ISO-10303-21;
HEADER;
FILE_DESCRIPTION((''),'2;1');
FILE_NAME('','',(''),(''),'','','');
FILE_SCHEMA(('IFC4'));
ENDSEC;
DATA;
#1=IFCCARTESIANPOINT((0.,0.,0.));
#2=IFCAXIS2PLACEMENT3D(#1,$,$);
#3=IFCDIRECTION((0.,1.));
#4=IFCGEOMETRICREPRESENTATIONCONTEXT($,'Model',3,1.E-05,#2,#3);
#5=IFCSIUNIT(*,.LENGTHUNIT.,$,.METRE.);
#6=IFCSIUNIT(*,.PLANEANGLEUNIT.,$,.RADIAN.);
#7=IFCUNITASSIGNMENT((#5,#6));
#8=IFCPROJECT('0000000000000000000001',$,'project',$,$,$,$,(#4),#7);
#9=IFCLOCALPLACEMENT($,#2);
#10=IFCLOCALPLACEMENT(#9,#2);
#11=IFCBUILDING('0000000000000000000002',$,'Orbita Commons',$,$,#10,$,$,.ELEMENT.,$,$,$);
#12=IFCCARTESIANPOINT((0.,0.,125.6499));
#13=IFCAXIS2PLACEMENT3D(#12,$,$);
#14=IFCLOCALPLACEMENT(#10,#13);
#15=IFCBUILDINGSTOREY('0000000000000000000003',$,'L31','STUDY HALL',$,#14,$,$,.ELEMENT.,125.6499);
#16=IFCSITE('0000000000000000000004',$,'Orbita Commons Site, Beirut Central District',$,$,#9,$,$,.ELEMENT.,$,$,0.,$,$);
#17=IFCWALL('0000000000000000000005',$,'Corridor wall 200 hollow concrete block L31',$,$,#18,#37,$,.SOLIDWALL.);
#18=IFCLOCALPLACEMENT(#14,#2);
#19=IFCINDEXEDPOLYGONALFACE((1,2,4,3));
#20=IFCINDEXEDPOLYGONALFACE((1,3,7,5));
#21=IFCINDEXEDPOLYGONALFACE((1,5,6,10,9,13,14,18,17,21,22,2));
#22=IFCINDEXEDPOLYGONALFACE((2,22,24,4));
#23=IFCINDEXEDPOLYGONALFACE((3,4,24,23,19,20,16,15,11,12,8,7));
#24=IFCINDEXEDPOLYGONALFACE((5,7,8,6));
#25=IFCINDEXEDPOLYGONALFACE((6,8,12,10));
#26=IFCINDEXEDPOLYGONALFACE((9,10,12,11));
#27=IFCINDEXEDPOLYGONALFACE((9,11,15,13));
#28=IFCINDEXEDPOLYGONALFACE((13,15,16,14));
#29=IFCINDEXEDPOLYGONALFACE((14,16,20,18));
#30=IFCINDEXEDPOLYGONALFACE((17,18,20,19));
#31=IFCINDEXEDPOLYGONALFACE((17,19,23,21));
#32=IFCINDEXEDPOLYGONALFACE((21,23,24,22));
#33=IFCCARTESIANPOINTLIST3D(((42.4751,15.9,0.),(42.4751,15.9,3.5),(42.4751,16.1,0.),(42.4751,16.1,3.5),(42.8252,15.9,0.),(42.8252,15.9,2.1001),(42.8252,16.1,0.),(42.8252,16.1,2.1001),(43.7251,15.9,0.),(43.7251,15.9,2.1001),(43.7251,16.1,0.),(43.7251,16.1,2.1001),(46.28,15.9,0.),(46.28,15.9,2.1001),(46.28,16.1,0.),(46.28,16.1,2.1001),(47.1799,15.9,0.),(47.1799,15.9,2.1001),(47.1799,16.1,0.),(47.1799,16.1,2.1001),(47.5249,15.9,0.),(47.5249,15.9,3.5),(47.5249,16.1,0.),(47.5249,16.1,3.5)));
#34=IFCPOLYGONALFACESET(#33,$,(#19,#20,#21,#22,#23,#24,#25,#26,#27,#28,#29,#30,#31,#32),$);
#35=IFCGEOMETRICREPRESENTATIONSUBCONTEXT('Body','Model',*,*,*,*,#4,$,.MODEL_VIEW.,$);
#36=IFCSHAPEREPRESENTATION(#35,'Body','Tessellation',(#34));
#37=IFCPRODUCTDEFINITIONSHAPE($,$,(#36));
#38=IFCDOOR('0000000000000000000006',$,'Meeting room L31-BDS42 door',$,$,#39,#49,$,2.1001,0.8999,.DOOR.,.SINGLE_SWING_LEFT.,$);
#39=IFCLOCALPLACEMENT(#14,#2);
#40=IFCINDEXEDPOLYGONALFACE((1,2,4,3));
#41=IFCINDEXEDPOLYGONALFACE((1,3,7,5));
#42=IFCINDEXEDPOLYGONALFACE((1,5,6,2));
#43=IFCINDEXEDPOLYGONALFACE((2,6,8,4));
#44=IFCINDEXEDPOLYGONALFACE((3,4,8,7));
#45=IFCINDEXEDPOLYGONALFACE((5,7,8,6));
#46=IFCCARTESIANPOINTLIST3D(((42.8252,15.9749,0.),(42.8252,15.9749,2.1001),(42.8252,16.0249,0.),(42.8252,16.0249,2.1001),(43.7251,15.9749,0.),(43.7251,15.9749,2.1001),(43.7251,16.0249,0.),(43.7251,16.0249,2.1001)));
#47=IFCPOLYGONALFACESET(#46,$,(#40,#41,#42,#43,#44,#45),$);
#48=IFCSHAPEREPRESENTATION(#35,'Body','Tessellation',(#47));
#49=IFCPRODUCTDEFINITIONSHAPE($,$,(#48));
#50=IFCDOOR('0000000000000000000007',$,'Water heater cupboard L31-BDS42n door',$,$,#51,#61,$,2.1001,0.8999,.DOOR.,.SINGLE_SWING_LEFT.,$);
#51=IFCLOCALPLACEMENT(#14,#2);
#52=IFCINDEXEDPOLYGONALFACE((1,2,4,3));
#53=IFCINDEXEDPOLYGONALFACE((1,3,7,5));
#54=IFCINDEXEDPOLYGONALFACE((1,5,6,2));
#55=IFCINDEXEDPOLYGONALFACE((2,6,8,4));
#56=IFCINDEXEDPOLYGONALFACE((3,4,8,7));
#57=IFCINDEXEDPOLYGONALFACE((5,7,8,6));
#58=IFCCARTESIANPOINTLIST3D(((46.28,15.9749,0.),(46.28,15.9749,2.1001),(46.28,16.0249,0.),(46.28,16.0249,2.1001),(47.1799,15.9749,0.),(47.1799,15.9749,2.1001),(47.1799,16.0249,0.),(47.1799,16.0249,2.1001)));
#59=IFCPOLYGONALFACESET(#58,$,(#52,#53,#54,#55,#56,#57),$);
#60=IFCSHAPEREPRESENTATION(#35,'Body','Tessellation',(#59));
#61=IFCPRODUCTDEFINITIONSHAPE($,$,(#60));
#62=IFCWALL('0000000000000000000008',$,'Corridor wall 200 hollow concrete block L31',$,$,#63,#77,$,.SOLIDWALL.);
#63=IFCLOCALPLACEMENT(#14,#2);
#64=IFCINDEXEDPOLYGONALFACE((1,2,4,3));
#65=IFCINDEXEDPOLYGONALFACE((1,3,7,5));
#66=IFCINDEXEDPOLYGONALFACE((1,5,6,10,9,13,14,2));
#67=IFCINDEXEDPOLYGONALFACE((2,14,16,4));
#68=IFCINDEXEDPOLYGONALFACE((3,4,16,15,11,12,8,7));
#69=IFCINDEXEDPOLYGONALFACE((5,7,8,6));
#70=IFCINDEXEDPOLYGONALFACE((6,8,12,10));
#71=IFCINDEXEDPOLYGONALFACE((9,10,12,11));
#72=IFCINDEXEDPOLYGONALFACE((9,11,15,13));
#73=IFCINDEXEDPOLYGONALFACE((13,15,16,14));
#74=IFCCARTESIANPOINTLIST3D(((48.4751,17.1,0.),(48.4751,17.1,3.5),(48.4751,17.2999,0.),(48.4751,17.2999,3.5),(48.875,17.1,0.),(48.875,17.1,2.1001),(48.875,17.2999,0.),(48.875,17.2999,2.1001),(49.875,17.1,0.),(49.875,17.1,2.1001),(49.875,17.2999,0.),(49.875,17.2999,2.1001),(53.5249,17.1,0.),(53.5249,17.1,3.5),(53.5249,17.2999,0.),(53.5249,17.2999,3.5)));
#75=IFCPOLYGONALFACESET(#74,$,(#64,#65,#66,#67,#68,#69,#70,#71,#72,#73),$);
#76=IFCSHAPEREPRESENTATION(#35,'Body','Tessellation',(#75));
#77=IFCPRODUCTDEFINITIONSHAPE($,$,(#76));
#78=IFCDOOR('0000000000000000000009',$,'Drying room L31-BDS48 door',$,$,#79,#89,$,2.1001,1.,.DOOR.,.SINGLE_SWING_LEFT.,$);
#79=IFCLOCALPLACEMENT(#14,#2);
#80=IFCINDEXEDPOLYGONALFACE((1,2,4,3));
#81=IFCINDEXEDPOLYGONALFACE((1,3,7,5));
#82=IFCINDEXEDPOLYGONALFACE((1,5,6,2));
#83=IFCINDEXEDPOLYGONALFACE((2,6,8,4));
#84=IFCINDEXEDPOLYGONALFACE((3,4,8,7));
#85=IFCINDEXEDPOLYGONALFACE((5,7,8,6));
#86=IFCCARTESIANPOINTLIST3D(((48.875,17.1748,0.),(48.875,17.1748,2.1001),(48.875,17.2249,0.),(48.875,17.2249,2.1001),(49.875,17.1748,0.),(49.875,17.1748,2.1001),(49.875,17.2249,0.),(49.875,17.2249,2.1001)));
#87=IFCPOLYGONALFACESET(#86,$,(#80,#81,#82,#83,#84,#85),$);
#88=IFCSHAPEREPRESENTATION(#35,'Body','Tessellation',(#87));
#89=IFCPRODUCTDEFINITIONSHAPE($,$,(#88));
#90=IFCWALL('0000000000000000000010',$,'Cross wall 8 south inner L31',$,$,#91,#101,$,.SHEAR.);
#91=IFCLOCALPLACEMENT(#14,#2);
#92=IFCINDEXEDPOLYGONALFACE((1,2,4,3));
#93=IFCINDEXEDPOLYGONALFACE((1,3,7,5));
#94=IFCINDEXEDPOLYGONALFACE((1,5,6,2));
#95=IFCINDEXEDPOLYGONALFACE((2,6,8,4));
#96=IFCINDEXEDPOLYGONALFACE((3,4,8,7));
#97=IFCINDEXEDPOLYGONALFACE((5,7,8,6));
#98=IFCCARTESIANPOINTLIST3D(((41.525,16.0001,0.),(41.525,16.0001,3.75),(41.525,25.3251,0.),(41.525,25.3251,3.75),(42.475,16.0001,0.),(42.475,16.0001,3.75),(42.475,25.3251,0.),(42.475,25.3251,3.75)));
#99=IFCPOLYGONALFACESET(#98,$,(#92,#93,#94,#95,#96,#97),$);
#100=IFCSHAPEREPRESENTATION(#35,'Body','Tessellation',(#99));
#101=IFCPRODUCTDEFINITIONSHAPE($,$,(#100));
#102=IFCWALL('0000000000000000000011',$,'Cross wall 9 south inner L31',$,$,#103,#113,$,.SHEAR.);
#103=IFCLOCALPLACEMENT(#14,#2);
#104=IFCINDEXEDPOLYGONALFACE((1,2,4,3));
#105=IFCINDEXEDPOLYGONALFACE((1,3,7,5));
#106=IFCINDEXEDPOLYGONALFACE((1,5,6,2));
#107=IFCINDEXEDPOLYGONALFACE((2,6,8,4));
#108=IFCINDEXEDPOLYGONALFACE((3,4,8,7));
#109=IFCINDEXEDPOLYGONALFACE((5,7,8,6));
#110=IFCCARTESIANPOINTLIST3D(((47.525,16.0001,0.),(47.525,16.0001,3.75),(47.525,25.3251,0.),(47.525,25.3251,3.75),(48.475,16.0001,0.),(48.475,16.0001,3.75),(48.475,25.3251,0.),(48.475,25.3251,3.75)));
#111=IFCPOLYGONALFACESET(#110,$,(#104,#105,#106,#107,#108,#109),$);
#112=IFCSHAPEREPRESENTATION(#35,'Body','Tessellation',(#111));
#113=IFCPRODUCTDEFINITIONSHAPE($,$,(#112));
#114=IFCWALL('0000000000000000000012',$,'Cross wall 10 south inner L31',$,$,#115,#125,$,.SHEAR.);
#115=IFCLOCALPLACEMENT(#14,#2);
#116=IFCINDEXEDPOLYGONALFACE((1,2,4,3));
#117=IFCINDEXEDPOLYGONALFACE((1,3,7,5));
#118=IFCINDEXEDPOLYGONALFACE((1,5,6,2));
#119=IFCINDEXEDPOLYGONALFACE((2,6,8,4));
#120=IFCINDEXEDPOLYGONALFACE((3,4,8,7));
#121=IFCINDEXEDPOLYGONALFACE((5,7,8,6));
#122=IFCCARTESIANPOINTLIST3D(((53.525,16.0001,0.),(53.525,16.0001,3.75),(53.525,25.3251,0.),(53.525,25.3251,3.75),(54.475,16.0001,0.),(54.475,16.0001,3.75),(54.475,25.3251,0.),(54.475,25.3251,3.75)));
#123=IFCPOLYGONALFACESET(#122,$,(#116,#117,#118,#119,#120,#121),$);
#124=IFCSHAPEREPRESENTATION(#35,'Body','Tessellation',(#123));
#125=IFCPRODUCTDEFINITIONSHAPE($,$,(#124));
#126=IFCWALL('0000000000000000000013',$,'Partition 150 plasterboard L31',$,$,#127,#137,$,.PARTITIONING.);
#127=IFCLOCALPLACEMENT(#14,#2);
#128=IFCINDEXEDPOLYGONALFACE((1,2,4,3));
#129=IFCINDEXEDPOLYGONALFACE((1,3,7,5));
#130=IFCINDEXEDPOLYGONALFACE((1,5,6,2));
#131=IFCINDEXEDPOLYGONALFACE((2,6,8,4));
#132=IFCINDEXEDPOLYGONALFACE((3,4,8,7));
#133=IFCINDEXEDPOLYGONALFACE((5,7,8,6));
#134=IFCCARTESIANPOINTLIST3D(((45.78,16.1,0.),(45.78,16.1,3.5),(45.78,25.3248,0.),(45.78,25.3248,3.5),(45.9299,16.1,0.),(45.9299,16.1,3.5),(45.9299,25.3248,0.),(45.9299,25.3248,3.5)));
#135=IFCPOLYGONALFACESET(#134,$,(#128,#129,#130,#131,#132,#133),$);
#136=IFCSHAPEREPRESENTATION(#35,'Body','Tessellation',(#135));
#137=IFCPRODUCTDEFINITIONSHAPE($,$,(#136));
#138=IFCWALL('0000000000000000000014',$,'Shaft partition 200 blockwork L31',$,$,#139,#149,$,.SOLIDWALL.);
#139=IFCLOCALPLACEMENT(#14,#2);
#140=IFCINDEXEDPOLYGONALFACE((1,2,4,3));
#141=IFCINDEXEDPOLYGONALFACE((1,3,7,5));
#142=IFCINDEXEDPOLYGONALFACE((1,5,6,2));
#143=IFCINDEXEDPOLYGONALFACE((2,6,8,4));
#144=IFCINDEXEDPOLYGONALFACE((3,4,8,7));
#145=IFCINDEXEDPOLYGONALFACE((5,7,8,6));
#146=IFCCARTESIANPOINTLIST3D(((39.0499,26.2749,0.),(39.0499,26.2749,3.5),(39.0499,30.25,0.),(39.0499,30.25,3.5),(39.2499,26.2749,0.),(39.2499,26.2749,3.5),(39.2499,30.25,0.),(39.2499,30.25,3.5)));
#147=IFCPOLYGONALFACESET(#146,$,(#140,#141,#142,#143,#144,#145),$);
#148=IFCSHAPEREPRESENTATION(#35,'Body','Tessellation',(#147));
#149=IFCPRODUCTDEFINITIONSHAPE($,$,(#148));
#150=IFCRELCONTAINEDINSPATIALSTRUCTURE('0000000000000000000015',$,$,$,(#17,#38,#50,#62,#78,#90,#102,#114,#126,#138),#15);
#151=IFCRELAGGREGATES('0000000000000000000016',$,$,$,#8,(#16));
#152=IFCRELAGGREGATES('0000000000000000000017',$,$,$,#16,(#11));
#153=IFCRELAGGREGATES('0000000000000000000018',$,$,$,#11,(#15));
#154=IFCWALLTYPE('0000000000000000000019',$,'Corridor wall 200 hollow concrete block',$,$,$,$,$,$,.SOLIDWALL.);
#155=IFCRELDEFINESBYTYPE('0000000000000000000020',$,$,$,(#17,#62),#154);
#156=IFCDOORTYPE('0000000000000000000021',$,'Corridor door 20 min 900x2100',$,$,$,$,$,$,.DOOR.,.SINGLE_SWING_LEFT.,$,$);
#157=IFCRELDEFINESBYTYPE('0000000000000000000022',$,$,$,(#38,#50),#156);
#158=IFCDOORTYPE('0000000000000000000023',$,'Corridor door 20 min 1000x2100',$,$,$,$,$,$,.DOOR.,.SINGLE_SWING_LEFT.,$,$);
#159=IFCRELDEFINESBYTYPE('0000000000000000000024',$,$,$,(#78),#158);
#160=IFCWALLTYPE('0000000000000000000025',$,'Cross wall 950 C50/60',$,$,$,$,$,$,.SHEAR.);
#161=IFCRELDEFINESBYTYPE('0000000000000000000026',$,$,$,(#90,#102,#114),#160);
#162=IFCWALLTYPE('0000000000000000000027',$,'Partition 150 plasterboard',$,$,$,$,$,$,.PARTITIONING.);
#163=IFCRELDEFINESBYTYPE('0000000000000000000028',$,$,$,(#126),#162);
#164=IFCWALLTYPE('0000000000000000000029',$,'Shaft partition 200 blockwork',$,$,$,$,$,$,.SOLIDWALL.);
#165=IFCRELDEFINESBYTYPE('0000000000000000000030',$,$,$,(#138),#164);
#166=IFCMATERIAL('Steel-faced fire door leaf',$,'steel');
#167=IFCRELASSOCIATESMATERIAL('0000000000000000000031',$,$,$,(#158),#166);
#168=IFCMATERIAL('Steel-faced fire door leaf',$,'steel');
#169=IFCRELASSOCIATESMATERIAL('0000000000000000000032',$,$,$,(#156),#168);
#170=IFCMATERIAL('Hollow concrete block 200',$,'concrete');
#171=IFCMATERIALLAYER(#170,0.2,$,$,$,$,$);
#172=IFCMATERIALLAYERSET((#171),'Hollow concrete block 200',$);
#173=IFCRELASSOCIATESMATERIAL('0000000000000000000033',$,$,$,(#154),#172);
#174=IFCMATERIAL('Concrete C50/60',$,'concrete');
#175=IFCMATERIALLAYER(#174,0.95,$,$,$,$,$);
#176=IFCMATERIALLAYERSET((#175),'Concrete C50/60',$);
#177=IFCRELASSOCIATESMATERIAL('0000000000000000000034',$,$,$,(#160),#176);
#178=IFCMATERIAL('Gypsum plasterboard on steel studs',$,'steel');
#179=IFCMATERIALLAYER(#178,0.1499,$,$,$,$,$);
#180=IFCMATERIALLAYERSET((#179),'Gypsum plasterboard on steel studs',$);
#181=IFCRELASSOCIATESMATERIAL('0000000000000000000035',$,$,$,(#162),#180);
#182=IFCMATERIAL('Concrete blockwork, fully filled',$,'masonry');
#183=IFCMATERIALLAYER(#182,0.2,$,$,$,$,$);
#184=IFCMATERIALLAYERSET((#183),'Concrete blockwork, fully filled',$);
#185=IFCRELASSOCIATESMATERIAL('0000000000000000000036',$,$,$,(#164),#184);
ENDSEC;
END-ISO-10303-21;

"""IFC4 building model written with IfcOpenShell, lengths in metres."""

from ifc_helpers import new_model, si_unit, direction, frame, frame_2d, origin, place, context, subcontext, project, spatial, rectangle, extrude, material, layer, layer_set, type_object, element, fill, save


model = new_model("IFC4")

# Units and contexts
model_context = context("Model", 3, precision=1e-05, world=origin(), true_north=direction((0.0, 1.0)))
body_context = subcontext(model_context, "Body", "Model", "MODEL_VIEW")
ifc_project = project(units=[si_unit("LENGTHUNIT", "METRE"), si_unit("PLANEANGLEUNIT", "RADIAN")], contexts=[model_context])

# Site, building, storey
site_placement = place(None, origin())
site = spatial("IfcSite", under=ifc_project, at=site_placement, Name="Orbita Commons Site, Beirut Central District", CompositionType="ELEMENT", RefElevation=0.0)
building_placement = place(site_placement, origin())
building = spatial("IfcBuilding", under=site, at=building_placement, Name="Orbita Commons", CompositionType="ELEMENT")
storey_placement = place(building_placement, frame((0.0, 0.0, 125.6499)))
storey = spatial("IfcBuildingStorey", under=building, at=storey_placement, Name="L31", Description="STUDY HALL", CompositionType="ELEMENT", Elevation=125.6499)

# Shared definitions
ifc_material_1 = material(Name="Steel-faced fire door leaf", Category="steel")
door_type_1 = type_object("IfcDoorType", Name="Corridor door 20 min 1000x2100", OperationType="SINGLE_SWING_LEFT", PredefinedType="DOOR", material=ifc_material_1)

# Wall, openings, doors
ifc_material_2 = material(Name="Steel-faced fire door leaf", Category="steel")
door_type_2 = type_object("IfcDoorType", Name="Corridor door 20 min 900x2100", OperationType="SINGLE_SWING_LEFT", PredefinedType="DOOR", material=ifc_material_2)
ifc_material_3 = material(Name="Hollow concrete block 200", Category="concrete")
ifc_layer_1 = layer(ifc_material_3, 0.2)
ifc_layer_set_1 = layer_set([ifc_layer_1], Name="Hollow concrete block 200")
wall_type_1 = type_object("IfcWallType", Name="Corridor wall 200 hollow concrete block", PredefinedType="SOLIDWALL", material=ifc_layer_set_1)
wall_1_placement = place(storey_placement, frame((42.4751, 16.0, 0.0), z_axis=(0.0, 0.0, 1.0), x_axis=(1.0, 0.0, 0.0)))
wall_1 = element("IfcWall", 1, at=wall_1_placement, inside=storey, type_object=wall_type_1, Name="Corridor wall 200 hollow concrete block L31", PredefinedType="SOLIDWALL", context=body_context, shape_type="SweptSolid", body=[
    extrude(rectangle(XDim=5.0498, YDim=0.2, at=frame_2d((2.5249, 0.0))), origin(), (0.0, 0.0, 1.0), 3.5),
])
opening_1_placement = place(wall_1_placement, frame((0.3501, 0.0, 0.0)))
opening_1 = element("IfcOpeningElement", 2, at=opening_1_placement, cuts=wall_1, PredefinedType="OPENING", context=body_context, shape_type="SweptSolid", body=[
    extrude(rectangle(XDim=0.8999, YDim=2.1001, at=frame_2d((0.45, 1.05))), frame((0.0, 0.1099, 0.0), z_axis=(0.0, -1.0, 0.0), x_axis=(1.0, 0.0, 0.0)), (0.0, 0.0, 1.0), 0.22),
])
opening_2_placement = place(wall_1_placement, frame((3.8049, 0.0, 0.0)))
opening_2 = element("IfcOpeningElement", 3, at=opening_2_placement, cuts=wall_1, PredefinedType="OPENING", context=body_context, shape_type="SweptSolid", body=[
    extrude(rectangle(XDim=0.8999, YDim=2.1001, at=frame_2d((0.45, 1.05))), frame((0.0, 0.1099, 0.0), z_axis=(0.0, -1.0, 0.0), x_axis=(1.0, 0.0, 0.0)), (0.0, 0.0, 1.0), 0.22),
])
door_1_placement = place(opening_1_placement, origin())
door_1 = element("IfcDoor", 4, at=door_1_placement, inside=storey, type_object=door_type_2, Name="Meeting room L31-BDS42 door", OperationType="SINGLE_SWING_LEFT", OverallHeight=2.1001, OverallWidth=0.8999, PredefinedType="DOOR", context=body_context, shape_type="SweptSolid", body=[
    extrude(rectangle(XDim=0.8999, YDim=2.1001, at=frame_2d((0.45, 1.05))), frame((0.0, 0.0249, 0.0), z_axis=(0.0, -1.0, 0.0), x_axis=(1.0, 0.0, 0.0)), (0.0, 0.0, 1.0), 0.05),
])
fill(opening_1, door_1)
door_2_placement = place(opening_2_placement, origin())
door_2 = element("IfcDoor", 5, at=door_2_placement, inside=storey, type_object=door_type_2, Name="Water heater cupboard L31-BDS42n door", OperationType="SINGLE_SWING_LEFT", OverallHeight=2.1001, OverallWidth=0.8999, PredefinedType="DOOR", context=body_context, shape_type="SweptSolid", body=[
    extrude(rectangle(XDim=0.8999, YDim=2.1001, at=frame_2d((0.45, 1.05))), frame((0.0, 0.0249, 0.0), z_axis=(0.0, -1.0, 0.0), x_axis=(1.0, 0.0, 0.0)), (0.0, 0.0, 1.0), 0.05),
])
fill(opening_2, door_2)

# Wall, opening, door
wall_2_placement = place(storey_placement, frame((48.4751, 17.2, 0.0), z_axis=(0.0, 0.0, 1.0), x_axis=(1.0, 0.0, 0.0)))
wall_2 = element("IfcWall", 6, at=wall_2_placement, inside=storey, type_object=wall_type_1, Name="Corridor wall 200 hollow concrete block L31", PredefinedType="SOLIDWALL", context=body_context, shape_type="SweptSolid", body=[
    extrude(rectangle(XDim=5.0498, YDim=0.2, at=frame_2d((2.5249, 0.0))), origin(), (0.0, 0.0, 1.0), 3.5),
])
opening_3_placement = place(wall_2_placement, frame((0.3999, 0.0, 0.0)))
opening_3 = element("IfcOpeningElement", 7, at=opening_3_placement, cuts=wall_2, PredefinedType="OPENING", context=body_context, shape_type="SweptSolid", body=[
    extrude(rectangle(XDim=1.0, YDim=2.1001, at=frame_2d((0.5, 1.05))), frame((0.0, 0.1099, 0.0), z_axis=(0.0, -1.0, 0.0), x_axis=(1.0, 0.0, 0.0)), (0.0, 0.0, 1.0), 0.22),
])
door_3_placement = place(opening_3_placement, origin())
door_3 = element("IfcDoor", 8, at=door_3_placement, inside=storey, type_object=door_type_1, Name="Drying room L31-BDS48 door", OperationType="SINGLE_SWING_LEFT", OverallHeight=2.1001, OverallWidth=1.0, PredefinedType="DOOR", context=body_context, shape_type="SweptSolid", body=[
    extrude(rectangle(XDim=1.0, YDim=2.1001, at=frame_2d((0.5, 1.05))), frame((0.0, 0.0249, 0.0), z_axis=(0.0, -1.0, 0.0), x_axis=(1.0, 0.0, 0.0)), (0.0, 0.0, 1.0), 0.05),
])
fill(opening_3, door_3)

# Walls
ifc_material_4 = material(Name="Concrete C50/60", Category="concrete")
ifc_layer_2 = layer(ifc_material_4, 0.95)
ifc_layer_set_2 = layer_set([ifc_layer_2], Name="Concrete C50/60")
wall_type_2 = type_object("IfcWallType", Name="Cross wall 950 C50/60", PredefinedType="SHEAR", material=ifc_layer_set_2)
for number, where, z_axis, x_axis, name in (
    (9, (42.0, 16.0, 0.0), (0.0, 0.0, 1.0), (0.0, 1.0, 0.0), "Cross wall 8 south inner L31"),
    (10, (48.0, 16.0, 0.0), (0.0, 0.0, 1.0), (0.0, 1.0, 0.0), "Cross wall 9 south inner L31"),
    (11, (54.0, 16.0, 0.0), (0.0, 0.0, 1.0), (0.0, 1.0, 0.0), "Cross wall 10 south inner L31"),
):
    element("IfcWall", number, at=place(storey_placement, frame(where, z_axis=z_axis, x_axis=x_axis)), inside=storey, type_object=wall_type_2, Name=name, PredefinedType="SHEAR", context=body_context, shape_type="SweptSolid", body=[
        extrude(rectangle(XDim=9.325, YDim=0.95, at=frame_2d((4.6626, 0.0))), origin(), (0.0, 0.0, 1.0), 3.75),
    ])
ifc_material_5 = material(Name="Gypsum plasterboard on steel studs", Category="steel")
ifc_layer_3 = layer(ifc_material_5, 0.1499)
ifc_layer_set_3 = layer_set([ifc_layer_3], Name="Gypsum plasterboard on steel studs")
wall_type_3 = type_object("IfcWallType", Name="Partition 150 plasterboard", PredefinedType="PARTITIONING", material=ifc_layer_set_3)
wall_3_placement = place(storey_placement, frame((45.855, 16.1001, 0.0), z_axis=(0.0, 0.0, 1.0), x_axis=(0.0, 1.0, 0.0)))
element("IfcWall", 12, at=wall_3_placement, inside=storey, type_object=wall_type_3, Name="Partition 150 plasterboard L31", PredefinedType="PARTITIONING", context=body_context, shape_type="SweptSolid", body=[
    extrude(rectangle(XDim=9.2249, YDim=0.1499, at=frame_2d((4.6123, 0.0))), origin(), (0.0, 0.0, 1.0), 3.5),
])
ifc_material_6 = material(Name="Concrete blockwork, fully filled", Category="masonry")
ifc_layer_4 = layer(ifc_material_6, 0.2)
ifc_layer_set_4 = layer_set([ifc_layer_4], Name="Concrete blockwork, fully filled")
wall_type_4 = type_object("IfcWallType", Name="Shaft partition 200 blockwork", PredefinedType="SOLIDWALL", material=ifc_layer_set_4)
wall_4_placement = place(storey_placement, frame((39.1499, 26.2749, 0.0), z_axis=(0.0, 0.0, 1.0), x_axis=(0.0, 1.0, 0.0)))
element("IfcWall", 13, at=wall_4_placement, inside=storey, type_object=wall_type_4, Name="Shaft partition 200 blockwork L31", PredefinedType="SOLIDWALL", context=body_context, shape_type="SweptSolid", body=[
    extrude(rectangle(XDim=3.9751, YDim=0.2, at=frame_2d((1.9875, 0.0))), origin(), (0.0, 0.0, 1.0), 3.5),
])

save(model, "model.ifc")
